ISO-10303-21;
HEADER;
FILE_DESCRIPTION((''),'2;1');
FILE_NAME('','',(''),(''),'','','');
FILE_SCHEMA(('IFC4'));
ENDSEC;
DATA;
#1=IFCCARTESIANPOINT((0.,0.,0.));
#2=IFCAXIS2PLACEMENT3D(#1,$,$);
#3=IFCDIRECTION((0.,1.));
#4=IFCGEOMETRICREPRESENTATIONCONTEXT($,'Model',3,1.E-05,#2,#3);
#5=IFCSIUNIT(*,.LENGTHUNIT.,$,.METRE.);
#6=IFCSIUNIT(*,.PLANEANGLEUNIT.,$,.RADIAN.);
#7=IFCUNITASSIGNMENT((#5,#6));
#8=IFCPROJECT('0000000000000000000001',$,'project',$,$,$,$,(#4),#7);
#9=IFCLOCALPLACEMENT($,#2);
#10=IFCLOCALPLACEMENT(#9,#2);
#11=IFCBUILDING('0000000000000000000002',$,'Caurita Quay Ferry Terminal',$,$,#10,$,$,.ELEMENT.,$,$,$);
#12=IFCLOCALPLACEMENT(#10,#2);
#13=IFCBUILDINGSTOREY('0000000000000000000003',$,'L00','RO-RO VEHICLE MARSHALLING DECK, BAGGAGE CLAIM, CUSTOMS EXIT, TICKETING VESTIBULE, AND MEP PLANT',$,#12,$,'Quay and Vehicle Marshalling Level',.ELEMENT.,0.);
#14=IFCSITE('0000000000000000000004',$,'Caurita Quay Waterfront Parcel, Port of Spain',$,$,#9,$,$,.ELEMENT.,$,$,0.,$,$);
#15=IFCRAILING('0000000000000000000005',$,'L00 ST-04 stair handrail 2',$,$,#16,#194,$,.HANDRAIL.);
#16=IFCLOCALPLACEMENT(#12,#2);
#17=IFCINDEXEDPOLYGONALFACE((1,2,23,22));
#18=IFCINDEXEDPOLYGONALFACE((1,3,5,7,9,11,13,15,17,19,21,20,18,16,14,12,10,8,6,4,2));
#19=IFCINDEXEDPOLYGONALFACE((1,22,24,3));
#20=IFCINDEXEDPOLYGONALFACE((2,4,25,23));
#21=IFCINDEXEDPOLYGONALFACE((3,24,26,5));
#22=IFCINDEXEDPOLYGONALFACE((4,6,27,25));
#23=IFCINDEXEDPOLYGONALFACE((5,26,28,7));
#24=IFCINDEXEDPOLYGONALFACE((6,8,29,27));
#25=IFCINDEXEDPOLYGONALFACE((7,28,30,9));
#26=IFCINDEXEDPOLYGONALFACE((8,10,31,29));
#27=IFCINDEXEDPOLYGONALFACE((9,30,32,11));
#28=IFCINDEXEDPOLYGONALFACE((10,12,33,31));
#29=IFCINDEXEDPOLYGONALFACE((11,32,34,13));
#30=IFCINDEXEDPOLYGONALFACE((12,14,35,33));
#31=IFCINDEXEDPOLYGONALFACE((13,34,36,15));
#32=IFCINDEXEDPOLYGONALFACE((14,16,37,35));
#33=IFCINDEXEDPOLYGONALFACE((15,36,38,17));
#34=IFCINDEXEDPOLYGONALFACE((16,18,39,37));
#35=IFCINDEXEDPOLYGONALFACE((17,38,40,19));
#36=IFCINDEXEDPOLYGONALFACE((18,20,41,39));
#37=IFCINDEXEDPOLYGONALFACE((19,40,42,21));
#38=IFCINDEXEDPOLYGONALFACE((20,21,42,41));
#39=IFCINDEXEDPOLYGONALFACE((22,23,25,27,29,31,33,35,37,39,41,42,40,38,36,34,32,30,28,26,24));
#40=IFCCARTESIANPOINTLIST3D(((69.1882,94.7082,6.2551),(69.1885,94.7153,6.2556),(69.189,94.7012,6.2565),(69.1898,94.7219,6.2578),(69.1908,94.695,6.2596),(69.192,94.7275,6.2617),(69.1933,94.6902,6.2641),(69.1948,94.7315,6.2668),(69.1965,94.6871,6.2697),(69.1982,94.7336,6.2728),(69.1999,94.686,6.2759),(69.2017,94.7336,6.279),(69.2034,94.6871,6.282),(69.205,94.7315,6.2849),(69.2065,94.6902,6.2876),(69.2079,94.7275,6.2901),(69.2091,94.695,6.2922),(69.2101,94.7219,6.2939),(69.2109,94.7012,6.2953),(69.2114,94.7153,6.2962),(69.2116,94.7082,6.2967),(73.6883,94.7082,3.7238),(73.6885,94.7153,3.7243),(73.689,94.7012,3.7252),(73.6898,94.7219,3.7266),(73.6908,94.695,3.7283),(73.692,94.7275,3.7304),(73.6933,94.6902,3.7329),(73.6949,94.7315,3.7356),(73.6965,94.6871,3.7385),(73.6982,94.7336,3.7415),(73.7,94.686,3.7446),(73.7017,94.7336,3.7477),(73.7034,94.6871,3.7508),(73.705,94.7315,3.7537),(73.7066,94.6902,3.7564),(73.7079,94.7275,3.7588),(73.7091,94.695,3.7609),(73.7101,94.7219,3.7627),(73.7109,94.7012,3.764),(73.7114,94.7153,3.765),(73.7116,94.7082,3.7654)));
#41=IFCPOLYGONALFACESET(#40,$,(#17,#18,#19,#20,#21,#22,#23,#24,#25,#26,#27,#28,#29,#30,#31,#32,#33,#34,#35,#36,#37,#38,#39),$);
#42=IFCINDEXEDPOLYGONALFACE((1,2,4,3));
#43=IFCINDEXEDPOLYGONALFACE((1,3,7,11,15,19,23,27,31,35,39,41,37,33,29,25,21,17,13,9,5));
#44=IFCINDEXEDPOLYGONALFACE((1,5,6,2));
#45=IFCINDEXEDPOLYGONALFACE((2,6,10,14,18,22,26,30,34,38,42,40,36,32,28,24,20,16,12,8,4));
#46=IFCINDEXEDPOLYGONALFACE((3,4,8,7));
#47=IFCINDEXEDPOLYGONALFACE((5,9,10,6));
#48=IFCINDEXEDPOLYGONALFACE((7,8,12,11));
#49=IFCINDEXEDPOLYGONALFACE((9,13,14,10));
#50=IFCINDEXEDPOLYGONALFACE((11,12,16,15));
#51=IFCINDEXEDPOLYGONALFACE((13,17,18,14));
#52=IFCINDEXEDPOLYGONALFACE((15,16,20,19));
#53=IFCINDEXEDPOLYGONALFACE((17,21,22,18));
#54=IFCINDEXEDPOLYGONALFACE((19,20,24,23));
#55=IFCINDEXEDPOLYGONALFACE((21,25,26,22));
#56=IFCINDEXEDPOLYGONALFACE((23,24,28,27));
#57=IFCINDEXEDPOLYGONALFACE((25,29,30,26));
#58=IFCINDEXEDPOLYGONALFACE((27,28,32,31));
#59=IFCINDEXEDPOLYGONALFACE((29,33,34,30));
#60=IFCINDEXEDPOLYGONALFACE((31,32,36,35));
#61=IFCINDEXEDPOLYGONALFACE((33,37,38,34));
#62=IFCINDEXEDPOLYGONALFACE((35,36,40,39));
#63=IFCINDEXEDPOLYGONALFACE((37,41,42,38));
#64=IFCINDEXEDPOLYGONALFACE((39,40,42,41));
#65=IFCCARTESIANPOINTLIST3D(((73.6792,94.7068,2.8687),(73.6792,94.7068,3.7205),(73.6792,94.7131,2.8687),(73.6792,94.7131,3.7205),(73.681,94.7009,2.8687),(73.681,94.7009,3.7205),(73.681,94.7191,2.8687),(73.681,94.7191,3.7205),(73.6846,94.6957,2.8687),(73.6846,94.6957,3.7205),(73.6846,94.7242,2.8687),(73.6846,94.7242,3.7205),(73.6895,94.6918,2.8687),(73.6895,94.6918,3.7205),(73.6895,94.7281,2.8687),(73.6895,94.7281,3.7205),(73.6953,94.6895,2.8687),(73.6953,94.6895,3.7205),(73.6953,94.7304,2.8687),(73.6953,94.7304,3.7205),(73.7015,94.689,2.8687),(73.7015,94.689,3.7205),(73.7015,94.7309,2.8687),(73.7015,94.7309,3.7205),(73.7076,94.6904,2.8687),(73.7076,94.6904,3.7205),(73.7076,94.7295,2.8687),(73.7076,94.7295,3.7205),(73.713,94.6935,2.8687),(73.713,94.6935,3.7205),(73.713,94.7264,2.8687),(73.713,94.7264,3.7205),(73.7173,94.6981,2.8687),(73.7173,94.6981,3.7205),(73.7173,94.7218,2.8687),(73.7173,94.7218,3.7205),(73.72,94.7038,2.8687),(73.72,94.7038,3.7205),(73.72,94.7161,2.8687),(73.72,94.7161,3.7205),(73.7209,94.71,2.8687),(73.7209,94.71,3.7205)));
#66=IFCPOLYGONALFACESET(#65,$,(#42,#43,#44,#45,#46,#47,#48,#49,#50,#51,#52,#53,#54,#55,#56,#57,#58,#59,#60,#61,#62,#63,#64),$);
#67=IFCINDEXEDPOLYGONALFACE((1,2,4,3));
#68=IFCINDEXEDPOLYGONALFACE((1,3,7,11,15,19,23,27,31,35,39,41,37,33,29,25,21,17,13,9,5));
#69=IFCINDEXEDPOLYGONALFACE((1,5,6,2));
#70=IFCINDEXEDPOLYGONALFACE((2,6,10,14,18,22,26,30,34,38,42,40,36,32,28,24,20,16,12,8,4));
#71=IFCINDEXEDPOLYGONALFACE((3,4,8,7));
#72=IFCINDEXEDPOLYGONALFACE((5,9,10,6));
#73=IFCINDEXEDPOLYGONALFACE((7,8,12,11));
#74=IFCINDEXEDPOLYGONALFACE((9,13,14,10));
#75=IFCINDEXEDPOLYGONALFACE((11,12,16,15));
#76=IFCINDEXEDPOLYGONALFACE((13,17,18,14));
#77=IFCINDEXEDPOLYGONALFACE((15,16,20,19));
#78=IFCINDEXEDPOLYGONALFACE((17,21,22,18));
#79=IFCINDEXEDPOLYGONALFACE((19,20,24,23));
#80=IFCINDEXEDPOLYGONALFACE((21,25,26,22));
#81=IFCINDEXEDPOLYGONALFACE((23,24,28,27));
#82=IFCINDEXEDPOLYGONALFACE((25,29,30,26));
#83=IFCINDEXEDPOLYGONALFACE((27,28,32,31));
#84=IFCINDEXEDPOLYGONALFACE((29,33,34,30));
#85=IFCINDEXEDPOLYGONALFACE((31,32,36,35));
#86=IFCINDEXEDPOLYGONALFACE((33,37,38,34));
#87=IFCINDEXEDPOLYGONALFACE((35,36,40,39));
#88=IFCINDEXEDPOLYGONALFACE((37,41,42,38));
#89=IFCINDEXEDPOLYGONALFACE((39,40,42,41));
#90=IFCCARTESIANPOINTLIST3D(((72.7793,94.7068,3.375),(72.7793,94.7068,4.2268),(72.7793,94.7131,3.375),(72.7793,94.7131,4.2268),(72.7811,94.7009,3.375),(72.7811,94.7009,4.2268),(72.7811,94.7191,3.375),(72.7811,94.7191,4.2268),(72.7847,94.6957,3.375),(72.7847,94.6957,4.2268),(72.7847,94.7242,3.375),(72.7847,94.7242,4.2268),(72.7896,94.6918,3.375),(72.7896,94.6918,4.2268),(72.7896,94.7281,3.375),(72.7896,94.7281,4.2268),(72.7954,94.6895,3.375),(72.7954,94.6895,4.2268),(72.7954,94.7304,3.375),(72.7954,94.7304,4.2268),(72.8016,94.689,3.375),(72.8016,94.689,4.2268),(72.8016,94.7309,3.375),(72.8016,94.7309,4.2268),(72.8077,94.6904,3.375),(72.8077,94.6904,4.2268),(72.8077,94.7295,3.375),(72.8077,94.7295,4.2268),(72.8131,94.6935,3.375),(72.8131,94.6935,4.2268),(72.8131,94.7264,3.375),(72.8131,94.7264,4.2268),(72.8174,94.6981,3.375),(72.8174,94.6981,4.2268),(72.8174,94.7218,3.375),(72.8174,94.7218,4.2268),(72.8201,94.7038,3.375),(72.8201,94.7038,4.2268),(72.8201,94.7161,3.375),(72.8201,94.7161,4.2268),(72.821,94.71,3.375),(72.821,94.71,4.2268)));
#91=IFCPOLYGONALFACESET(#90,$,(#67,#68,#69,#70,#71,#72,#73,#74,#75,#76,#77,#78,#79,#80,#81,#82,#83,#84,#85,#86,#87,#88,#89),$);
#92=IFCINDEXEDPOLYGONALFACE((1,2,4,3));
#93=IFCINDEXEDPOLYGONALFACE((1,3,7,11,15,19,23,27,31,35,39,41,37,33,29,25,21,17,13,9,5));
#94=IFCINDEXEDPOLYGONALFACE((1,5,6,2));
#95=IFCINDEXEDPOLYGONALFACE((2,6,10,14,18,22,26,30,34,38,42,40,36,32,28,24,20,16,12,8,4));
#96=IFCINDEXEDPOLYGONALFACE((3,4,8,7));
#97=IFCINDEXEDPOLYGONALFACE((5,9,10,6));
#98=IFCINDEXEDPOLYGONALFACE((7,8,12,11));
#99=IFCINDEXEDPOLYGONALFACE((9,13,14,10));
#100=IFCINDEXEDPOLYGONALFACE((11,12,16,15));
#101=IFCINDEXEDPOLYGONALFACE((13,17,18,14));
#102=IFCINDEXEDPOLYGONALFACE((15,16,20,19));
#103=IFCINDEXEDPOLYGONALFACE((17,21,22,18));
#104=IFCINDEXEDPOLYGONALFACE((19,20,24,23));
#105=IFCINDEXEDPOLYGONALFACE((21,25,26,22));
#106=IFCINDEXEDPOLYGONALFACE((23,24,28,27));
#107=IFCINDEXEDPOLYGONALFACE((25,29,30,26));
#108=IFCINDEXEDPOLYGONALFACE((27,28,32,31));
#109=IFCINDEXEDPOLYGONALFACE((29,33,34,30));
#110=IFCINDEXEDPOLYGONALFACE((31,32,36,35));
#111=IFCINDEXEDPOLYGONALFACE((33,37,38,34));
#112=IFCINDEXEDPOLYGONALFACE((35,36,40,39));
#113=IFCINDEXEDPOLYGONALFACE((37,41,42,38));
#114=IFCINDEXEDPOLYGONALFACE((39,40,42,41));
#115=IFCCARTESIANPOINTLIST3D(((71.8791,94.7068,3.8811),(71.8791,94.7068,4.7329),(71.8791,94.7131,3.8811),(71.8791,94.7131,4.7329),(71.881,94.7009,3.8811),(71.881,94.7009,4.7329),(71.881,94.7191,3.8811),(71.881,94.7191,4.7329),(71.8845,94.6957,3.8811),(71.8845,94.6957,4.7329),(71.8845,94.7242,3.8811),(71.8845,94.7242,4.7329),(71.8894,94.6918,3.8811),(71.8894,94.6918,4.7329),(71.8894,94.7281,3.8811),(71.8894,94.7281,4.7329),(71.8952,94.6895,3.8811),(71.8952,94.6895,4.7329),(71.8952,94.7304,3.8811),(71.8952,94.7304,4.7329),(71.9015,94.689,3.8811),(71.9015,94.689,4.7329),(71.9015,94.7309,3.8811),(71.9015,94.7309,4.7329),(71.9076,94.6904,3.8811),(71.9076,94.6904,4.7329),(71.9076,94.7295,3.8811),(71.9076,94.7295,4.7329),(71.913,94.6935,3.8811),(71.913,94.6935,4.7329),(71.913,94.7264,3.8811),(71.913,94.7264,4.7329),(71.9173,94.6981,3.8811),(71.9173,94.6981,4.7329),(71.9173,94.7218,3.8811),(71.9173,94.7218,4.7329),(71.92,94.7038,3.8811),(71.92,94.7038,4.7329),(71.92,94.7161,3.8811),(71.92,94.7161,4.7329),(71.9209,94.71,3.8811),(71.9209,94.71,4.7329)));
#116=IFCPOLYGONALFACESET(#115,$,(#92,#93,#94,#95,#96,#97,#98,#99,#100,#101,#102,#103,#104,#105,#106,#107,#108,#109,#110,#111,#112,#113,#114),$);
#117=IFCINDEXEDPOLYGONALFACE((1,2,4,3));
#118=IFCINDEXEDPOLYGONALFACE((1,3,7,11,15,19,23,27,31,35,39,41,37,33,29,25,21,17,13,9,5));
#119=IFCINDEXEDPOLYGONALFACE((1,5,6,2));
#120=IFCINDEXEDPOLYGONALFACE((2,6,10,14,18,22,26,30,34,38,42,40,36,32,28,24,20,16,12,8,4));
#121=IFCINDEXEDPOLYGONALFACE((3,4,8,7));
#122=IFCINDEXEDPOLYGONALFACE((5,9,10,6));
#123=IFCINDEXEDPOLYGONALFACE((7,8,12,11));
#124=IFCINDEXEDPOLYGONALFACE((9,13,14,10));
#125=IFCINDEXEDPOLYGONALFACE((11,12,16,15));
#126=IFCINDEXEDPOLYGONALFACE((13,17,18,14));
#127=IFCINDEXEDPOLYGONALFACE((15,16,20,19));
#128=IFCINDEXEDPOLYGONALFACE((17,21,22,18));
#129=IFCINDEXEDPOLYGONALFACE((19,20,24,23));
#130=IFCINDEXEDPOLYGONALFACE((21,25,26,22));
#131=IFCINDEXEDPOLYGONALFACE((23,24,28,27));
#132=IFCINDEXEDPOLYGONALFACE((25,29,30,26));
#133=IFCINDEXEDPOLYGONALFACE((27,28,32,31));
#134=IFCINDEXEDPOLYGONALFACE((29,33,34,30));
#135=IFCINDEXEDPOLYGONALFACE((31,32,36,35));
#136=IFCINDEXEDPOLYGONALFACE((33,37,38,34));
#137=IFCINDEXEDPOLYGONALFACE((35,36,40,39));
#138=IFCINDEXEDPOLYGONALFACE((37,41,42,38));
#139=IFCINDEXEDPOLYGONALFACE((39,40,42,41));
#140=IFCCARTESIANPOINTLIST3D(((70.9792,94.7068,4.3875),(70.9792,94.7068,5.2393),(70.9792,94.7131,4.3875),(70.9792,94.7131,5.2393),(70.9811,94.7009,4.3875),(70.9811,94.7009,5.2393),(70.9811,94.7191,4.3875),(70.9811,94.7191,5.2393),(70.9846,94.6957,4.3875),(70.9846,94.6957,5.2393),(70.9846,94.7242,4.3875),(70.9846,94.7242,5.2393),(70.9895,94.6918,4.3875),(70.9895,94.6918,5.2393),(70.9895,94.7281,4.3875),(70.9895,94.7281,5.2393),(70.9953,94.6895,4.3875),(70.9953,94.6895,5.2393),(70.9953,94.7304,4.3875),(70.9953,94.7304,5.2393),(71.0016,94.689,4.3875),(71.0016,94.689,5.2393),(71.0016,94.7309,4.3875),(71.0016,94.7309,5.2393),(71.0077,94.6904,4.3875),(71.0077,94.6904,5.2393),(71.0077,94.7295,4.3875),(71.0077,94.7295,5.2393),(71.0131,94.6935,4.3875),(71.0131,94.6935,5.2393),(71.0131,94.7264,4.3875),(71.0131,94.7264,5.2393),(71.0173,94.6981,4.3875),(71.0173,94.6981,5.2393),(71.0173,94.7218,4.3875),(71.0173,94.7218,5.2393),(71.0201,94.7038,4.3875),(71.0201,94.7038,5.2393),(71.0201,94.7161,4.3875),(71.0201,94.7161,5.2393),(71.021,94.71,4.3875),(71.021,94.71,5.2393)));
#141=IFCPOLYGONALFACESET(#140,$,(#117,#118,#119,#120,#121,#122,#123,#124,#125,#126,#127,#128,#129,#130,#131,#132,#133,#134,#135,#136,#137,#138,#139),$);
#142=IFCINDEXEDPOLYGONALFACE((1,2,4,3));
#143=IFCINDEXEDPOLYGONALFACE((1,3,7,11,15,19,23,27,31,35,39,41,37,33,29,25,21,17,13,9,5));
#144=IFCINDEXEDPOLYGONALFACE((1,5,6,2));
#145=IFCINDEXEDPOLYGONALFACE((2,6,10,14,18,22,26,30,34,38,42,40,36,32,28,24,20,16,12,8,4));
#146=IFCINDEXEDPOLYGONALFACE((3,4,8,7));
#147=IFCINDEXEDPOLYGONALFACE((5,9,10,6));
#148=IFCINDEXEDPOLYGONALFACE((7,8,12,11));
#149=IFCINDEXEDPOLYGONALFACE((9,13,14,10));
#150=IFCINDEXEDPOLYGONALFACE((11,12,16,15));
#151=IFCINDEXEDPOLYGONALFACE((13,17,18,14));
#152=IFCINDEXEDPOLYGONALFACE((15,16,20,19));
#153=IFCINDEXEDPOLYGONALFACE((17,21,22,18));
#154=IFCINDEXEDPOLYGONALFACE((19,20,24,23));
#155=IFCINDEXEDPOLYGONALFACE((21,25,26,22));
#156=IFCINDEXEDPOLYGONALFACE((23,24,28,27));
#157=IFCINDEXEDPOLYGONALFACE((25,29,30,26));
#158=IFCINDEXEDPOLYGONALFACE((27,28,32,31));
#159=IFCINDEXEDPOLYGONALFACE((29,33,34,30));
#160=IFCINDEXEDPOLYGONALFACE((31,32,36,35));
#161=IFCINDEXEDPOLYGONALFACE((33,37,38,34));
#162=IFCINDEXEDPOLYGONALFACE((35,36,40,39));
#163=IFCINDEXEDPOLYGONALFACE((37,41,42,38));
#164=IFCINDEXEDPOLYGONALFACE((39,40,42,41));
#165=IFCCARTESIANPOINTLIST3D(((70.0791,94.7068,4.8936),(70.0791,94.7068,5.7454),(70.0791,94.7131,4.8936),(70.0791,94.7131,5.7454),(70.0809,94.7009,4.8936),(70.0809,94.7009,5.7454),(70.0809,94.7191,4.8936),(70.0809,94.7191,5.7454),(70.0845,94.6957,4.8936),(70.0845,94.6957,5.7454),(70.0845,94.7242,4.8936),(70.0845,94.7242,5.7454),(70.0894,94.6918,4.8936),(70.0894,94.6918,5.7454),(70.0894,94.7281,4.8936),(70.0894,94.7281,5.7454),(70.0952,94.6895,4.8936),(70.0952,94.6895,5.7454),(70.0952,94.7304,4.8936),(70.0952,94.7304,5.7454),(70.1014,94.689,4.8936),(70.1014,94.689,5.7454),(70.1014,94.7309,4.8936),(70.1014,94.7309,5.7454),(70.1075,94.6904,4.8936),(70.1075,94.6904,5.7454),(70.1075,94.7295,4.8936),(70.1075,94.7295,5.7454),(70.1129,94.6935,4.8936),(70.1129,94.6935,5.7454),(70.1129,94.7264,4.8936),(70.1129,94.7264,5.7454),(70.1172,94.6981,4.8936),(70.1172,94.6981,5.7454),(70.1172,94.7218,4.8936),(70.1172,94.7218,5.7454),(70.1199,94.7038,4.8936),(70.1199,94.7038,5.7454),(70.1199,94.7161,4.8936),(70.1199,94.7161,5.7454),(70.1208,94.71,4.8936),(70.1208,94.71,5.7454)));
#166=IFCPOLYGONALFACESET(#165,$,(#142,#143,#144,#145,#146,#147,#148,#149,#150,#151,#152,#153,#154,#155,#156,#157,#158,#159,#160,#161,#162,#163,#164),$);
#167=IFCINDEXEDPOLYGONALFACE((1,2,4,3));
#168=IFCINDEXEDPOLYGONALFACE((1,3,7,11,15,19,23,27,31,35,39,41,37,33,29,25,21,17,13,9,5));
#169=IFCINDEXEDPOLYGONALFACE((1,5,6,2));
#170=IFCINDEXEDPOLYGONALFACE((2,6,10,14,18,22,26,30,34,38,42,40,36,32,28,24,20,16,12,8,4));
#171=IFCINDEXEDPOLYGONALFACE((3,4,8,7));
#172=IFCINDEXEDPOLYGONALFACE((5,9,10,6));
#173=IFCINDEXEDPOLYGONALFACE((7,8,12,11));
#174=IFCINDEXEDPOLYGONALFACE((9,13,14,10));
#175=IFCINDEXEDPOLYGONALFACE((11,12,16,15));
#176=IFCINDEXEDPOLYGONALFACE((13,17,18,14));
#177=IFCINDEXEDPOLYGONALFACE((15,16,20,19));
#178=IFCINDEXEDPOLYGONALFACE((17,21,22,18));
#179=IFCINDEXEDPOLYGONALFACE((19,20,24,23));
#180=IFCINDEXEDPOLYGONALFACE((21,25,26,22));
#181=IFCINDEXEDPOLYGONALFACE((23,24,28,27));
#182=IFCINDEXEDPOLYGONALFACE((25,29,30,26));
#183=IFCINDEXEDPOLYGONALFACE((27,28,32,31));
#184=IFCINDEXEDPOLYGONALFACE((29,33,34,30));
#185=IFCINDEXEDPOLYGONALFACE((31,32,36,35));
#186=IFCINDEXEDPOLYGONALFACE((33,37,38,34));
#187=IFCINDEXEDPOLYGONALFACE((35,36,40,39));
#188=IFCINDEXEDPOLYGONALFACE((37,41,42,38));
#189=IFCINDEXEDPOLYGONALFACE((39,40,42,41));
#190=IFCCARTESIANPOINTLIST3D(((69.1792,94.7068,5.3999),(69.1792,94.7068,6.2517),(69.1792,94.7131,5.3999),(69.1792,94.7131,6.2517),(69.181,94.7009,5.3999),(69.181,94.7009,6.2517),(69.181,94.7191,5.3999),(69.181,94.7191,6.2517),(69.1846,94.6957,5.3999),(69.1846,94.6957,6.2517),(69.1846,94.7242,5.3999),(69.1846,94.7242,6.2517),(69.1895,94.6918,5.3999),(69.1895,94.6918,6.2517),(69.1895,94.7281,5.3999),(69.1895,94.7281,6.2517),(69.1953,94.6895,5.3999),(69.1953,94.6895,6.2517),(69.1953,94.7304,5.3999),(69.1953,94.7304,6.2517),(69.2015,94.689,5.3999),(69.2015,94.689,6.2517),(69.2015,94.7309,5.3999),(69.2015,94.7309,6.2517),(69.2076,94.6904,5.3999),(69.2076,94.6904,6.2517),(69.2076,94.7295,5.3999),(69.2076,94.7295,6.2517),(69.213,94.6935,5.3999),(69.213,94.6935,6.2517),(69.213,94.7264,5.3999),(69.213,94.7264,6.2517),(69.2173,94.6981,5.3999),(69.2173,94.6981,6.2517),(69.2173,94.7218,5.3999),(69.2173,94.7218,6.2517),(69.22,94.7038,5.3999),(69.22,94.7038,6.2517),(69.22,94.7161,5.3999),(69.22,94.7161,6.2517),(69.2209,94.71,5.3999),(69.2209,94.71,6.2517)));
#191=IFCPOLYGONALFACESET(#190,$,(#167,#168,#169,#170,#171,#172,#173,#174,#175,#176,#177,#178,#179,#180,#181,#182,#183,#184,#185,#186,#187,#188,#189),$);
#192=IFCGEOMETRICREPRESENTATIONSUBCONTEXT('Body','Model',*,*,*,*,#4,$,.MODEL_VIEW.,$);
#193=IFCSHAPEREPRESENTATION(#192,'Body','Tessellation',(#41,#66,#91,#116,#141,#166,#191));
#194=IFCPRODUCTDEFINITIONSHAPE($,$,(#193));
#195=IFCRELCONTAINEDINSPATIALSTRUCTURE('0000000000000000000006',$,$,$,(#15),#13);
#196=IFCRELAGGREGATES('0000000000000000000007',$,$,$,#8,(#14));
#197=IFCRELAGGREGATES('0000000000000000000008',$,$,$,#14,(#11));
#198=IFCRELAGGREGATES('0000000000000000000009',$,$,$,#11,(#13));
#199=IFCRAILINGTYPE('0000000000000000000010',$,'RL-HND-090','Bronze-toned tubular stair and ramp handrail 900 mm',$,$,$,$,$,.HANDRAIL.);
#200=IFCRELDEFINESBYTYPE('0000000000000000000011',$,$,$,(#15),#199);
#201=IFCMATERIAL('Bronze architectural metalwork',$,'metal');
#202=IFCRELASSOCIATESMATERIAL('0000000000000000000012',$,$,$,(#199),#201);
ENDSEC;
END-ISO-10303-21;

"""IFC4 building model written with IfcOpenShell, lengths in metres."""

from ifc_helpers import new_model, si_unit, direction, frame, origin, origin_2d, place, context, subcontext, project, spatial, circle, extrude, material, type_object, element, save


model = new_model("IFC4")

# Units and contexts
model_context = context("Model", 3, precision=1e-05, world=origin(), true_north=direction((0.0, 1.0)))
body_context = subcontext(model_context, "Body", "Model", "MODEL_VIEW")
ifc_project = project(units=[si_unit("LENGTHUNIT", "METRE"), si_unit("PLANEANGLEUNIT", "RADIAN")], contexts=[model_context])

# Site, building, storey
site_placement = place(None, origin())
site = spatial("IfcSite", under=ifc_project, at=site_placement, Name="Caurita Quay Waterfront Parcel, Port of Spain", CompositionType="ELEMENT", RefElevation=0.0)
building_placement = place(site_placement, origin())
building = spatial("IfcBuilding", under=site, at=building_placement, Name="Caurita Quay Ferry Terminal", CompositionType="ELEMENT")
storey_placement = place(building_placement, origin())
storey = spatial("IfcBuildingStorey", under=building, at=storey_placement, Name="L00", Description="RO-RO VEHICLE MARSHALLING DECK, BAGGAGE CLAIM, CUSTOMS EXIT, TICKETING VESTIBULE, AND MEP PLANT", LongName="Quay and Vehicle Marshalling Level", CompositionType="ELEMENT", Elevation=0.0)

# Railing
ifc_material_1 = material(Name="Bronze architectural metalwork", Category="metal")
railing_type_1 = type_object("IfcRailingType", Name="RL-HND-090", Description="Bronze-toned tubular stair and ramp handrail 900 mm", PredefinedType="HANDRAIL", material=ifc_material_1)
railing_1_placement = place(storey_placement, frame((73.7, 94.71, 2.8687)))
element("IfcRailing", 1, at=railing_1_placement, inside=storey, type_object=railing_type_1, Name="L00 ST-04 stair handrail 2", PredefinedType="HANDRAIL", context=body_context, shape_type="SweptSolid", body=[
    extrude(circle(Radius=0.0239, at=origin_2d()), frame((0.0, 0.0, 0.876), z_axis=(-0.871576, 0.0, 0.490261), x_axis=(0.0, -1.0, 0.0)), (0.0, 0.0, 1.0), 5.1631),
    extrude(circle(Radius=0.021, at=origin_2d()), origin(), (0.0, 0.0, 1.0), 0.8518),
    extrude(circle(Radius=0.021, at=origin_2d()), frame((-0.8999, 0.0, 0.5063)), (0.0, 0.0, 1.0), 0.8518),
    extrude(circle(Radius=0.021, at=origin_2d()), frame((-1.8, 0.0, 1.0125)), (0.0, 0.0, 1.0), 0.8518),
    extrude(circle(Radius=0.021, at=origin_2d()), frame((-2.7, 0.0, 1.5188)), (0.0, 0.0, 1.0), 0.8518),
    extrude(circle(Radius=0.021, at=origin_2d()), frame((-3.6001, 0.0, 2.0249)), (0.0, 0.0, 1.0), 0.8518),
    extrude(circle(Radius=0.021, at=origin_2d()), frame((-4.5, 0.0, 2.5312)), (0.0, 0.0, 1.0), 0.8518),
])

save(model, "model.ifc")
